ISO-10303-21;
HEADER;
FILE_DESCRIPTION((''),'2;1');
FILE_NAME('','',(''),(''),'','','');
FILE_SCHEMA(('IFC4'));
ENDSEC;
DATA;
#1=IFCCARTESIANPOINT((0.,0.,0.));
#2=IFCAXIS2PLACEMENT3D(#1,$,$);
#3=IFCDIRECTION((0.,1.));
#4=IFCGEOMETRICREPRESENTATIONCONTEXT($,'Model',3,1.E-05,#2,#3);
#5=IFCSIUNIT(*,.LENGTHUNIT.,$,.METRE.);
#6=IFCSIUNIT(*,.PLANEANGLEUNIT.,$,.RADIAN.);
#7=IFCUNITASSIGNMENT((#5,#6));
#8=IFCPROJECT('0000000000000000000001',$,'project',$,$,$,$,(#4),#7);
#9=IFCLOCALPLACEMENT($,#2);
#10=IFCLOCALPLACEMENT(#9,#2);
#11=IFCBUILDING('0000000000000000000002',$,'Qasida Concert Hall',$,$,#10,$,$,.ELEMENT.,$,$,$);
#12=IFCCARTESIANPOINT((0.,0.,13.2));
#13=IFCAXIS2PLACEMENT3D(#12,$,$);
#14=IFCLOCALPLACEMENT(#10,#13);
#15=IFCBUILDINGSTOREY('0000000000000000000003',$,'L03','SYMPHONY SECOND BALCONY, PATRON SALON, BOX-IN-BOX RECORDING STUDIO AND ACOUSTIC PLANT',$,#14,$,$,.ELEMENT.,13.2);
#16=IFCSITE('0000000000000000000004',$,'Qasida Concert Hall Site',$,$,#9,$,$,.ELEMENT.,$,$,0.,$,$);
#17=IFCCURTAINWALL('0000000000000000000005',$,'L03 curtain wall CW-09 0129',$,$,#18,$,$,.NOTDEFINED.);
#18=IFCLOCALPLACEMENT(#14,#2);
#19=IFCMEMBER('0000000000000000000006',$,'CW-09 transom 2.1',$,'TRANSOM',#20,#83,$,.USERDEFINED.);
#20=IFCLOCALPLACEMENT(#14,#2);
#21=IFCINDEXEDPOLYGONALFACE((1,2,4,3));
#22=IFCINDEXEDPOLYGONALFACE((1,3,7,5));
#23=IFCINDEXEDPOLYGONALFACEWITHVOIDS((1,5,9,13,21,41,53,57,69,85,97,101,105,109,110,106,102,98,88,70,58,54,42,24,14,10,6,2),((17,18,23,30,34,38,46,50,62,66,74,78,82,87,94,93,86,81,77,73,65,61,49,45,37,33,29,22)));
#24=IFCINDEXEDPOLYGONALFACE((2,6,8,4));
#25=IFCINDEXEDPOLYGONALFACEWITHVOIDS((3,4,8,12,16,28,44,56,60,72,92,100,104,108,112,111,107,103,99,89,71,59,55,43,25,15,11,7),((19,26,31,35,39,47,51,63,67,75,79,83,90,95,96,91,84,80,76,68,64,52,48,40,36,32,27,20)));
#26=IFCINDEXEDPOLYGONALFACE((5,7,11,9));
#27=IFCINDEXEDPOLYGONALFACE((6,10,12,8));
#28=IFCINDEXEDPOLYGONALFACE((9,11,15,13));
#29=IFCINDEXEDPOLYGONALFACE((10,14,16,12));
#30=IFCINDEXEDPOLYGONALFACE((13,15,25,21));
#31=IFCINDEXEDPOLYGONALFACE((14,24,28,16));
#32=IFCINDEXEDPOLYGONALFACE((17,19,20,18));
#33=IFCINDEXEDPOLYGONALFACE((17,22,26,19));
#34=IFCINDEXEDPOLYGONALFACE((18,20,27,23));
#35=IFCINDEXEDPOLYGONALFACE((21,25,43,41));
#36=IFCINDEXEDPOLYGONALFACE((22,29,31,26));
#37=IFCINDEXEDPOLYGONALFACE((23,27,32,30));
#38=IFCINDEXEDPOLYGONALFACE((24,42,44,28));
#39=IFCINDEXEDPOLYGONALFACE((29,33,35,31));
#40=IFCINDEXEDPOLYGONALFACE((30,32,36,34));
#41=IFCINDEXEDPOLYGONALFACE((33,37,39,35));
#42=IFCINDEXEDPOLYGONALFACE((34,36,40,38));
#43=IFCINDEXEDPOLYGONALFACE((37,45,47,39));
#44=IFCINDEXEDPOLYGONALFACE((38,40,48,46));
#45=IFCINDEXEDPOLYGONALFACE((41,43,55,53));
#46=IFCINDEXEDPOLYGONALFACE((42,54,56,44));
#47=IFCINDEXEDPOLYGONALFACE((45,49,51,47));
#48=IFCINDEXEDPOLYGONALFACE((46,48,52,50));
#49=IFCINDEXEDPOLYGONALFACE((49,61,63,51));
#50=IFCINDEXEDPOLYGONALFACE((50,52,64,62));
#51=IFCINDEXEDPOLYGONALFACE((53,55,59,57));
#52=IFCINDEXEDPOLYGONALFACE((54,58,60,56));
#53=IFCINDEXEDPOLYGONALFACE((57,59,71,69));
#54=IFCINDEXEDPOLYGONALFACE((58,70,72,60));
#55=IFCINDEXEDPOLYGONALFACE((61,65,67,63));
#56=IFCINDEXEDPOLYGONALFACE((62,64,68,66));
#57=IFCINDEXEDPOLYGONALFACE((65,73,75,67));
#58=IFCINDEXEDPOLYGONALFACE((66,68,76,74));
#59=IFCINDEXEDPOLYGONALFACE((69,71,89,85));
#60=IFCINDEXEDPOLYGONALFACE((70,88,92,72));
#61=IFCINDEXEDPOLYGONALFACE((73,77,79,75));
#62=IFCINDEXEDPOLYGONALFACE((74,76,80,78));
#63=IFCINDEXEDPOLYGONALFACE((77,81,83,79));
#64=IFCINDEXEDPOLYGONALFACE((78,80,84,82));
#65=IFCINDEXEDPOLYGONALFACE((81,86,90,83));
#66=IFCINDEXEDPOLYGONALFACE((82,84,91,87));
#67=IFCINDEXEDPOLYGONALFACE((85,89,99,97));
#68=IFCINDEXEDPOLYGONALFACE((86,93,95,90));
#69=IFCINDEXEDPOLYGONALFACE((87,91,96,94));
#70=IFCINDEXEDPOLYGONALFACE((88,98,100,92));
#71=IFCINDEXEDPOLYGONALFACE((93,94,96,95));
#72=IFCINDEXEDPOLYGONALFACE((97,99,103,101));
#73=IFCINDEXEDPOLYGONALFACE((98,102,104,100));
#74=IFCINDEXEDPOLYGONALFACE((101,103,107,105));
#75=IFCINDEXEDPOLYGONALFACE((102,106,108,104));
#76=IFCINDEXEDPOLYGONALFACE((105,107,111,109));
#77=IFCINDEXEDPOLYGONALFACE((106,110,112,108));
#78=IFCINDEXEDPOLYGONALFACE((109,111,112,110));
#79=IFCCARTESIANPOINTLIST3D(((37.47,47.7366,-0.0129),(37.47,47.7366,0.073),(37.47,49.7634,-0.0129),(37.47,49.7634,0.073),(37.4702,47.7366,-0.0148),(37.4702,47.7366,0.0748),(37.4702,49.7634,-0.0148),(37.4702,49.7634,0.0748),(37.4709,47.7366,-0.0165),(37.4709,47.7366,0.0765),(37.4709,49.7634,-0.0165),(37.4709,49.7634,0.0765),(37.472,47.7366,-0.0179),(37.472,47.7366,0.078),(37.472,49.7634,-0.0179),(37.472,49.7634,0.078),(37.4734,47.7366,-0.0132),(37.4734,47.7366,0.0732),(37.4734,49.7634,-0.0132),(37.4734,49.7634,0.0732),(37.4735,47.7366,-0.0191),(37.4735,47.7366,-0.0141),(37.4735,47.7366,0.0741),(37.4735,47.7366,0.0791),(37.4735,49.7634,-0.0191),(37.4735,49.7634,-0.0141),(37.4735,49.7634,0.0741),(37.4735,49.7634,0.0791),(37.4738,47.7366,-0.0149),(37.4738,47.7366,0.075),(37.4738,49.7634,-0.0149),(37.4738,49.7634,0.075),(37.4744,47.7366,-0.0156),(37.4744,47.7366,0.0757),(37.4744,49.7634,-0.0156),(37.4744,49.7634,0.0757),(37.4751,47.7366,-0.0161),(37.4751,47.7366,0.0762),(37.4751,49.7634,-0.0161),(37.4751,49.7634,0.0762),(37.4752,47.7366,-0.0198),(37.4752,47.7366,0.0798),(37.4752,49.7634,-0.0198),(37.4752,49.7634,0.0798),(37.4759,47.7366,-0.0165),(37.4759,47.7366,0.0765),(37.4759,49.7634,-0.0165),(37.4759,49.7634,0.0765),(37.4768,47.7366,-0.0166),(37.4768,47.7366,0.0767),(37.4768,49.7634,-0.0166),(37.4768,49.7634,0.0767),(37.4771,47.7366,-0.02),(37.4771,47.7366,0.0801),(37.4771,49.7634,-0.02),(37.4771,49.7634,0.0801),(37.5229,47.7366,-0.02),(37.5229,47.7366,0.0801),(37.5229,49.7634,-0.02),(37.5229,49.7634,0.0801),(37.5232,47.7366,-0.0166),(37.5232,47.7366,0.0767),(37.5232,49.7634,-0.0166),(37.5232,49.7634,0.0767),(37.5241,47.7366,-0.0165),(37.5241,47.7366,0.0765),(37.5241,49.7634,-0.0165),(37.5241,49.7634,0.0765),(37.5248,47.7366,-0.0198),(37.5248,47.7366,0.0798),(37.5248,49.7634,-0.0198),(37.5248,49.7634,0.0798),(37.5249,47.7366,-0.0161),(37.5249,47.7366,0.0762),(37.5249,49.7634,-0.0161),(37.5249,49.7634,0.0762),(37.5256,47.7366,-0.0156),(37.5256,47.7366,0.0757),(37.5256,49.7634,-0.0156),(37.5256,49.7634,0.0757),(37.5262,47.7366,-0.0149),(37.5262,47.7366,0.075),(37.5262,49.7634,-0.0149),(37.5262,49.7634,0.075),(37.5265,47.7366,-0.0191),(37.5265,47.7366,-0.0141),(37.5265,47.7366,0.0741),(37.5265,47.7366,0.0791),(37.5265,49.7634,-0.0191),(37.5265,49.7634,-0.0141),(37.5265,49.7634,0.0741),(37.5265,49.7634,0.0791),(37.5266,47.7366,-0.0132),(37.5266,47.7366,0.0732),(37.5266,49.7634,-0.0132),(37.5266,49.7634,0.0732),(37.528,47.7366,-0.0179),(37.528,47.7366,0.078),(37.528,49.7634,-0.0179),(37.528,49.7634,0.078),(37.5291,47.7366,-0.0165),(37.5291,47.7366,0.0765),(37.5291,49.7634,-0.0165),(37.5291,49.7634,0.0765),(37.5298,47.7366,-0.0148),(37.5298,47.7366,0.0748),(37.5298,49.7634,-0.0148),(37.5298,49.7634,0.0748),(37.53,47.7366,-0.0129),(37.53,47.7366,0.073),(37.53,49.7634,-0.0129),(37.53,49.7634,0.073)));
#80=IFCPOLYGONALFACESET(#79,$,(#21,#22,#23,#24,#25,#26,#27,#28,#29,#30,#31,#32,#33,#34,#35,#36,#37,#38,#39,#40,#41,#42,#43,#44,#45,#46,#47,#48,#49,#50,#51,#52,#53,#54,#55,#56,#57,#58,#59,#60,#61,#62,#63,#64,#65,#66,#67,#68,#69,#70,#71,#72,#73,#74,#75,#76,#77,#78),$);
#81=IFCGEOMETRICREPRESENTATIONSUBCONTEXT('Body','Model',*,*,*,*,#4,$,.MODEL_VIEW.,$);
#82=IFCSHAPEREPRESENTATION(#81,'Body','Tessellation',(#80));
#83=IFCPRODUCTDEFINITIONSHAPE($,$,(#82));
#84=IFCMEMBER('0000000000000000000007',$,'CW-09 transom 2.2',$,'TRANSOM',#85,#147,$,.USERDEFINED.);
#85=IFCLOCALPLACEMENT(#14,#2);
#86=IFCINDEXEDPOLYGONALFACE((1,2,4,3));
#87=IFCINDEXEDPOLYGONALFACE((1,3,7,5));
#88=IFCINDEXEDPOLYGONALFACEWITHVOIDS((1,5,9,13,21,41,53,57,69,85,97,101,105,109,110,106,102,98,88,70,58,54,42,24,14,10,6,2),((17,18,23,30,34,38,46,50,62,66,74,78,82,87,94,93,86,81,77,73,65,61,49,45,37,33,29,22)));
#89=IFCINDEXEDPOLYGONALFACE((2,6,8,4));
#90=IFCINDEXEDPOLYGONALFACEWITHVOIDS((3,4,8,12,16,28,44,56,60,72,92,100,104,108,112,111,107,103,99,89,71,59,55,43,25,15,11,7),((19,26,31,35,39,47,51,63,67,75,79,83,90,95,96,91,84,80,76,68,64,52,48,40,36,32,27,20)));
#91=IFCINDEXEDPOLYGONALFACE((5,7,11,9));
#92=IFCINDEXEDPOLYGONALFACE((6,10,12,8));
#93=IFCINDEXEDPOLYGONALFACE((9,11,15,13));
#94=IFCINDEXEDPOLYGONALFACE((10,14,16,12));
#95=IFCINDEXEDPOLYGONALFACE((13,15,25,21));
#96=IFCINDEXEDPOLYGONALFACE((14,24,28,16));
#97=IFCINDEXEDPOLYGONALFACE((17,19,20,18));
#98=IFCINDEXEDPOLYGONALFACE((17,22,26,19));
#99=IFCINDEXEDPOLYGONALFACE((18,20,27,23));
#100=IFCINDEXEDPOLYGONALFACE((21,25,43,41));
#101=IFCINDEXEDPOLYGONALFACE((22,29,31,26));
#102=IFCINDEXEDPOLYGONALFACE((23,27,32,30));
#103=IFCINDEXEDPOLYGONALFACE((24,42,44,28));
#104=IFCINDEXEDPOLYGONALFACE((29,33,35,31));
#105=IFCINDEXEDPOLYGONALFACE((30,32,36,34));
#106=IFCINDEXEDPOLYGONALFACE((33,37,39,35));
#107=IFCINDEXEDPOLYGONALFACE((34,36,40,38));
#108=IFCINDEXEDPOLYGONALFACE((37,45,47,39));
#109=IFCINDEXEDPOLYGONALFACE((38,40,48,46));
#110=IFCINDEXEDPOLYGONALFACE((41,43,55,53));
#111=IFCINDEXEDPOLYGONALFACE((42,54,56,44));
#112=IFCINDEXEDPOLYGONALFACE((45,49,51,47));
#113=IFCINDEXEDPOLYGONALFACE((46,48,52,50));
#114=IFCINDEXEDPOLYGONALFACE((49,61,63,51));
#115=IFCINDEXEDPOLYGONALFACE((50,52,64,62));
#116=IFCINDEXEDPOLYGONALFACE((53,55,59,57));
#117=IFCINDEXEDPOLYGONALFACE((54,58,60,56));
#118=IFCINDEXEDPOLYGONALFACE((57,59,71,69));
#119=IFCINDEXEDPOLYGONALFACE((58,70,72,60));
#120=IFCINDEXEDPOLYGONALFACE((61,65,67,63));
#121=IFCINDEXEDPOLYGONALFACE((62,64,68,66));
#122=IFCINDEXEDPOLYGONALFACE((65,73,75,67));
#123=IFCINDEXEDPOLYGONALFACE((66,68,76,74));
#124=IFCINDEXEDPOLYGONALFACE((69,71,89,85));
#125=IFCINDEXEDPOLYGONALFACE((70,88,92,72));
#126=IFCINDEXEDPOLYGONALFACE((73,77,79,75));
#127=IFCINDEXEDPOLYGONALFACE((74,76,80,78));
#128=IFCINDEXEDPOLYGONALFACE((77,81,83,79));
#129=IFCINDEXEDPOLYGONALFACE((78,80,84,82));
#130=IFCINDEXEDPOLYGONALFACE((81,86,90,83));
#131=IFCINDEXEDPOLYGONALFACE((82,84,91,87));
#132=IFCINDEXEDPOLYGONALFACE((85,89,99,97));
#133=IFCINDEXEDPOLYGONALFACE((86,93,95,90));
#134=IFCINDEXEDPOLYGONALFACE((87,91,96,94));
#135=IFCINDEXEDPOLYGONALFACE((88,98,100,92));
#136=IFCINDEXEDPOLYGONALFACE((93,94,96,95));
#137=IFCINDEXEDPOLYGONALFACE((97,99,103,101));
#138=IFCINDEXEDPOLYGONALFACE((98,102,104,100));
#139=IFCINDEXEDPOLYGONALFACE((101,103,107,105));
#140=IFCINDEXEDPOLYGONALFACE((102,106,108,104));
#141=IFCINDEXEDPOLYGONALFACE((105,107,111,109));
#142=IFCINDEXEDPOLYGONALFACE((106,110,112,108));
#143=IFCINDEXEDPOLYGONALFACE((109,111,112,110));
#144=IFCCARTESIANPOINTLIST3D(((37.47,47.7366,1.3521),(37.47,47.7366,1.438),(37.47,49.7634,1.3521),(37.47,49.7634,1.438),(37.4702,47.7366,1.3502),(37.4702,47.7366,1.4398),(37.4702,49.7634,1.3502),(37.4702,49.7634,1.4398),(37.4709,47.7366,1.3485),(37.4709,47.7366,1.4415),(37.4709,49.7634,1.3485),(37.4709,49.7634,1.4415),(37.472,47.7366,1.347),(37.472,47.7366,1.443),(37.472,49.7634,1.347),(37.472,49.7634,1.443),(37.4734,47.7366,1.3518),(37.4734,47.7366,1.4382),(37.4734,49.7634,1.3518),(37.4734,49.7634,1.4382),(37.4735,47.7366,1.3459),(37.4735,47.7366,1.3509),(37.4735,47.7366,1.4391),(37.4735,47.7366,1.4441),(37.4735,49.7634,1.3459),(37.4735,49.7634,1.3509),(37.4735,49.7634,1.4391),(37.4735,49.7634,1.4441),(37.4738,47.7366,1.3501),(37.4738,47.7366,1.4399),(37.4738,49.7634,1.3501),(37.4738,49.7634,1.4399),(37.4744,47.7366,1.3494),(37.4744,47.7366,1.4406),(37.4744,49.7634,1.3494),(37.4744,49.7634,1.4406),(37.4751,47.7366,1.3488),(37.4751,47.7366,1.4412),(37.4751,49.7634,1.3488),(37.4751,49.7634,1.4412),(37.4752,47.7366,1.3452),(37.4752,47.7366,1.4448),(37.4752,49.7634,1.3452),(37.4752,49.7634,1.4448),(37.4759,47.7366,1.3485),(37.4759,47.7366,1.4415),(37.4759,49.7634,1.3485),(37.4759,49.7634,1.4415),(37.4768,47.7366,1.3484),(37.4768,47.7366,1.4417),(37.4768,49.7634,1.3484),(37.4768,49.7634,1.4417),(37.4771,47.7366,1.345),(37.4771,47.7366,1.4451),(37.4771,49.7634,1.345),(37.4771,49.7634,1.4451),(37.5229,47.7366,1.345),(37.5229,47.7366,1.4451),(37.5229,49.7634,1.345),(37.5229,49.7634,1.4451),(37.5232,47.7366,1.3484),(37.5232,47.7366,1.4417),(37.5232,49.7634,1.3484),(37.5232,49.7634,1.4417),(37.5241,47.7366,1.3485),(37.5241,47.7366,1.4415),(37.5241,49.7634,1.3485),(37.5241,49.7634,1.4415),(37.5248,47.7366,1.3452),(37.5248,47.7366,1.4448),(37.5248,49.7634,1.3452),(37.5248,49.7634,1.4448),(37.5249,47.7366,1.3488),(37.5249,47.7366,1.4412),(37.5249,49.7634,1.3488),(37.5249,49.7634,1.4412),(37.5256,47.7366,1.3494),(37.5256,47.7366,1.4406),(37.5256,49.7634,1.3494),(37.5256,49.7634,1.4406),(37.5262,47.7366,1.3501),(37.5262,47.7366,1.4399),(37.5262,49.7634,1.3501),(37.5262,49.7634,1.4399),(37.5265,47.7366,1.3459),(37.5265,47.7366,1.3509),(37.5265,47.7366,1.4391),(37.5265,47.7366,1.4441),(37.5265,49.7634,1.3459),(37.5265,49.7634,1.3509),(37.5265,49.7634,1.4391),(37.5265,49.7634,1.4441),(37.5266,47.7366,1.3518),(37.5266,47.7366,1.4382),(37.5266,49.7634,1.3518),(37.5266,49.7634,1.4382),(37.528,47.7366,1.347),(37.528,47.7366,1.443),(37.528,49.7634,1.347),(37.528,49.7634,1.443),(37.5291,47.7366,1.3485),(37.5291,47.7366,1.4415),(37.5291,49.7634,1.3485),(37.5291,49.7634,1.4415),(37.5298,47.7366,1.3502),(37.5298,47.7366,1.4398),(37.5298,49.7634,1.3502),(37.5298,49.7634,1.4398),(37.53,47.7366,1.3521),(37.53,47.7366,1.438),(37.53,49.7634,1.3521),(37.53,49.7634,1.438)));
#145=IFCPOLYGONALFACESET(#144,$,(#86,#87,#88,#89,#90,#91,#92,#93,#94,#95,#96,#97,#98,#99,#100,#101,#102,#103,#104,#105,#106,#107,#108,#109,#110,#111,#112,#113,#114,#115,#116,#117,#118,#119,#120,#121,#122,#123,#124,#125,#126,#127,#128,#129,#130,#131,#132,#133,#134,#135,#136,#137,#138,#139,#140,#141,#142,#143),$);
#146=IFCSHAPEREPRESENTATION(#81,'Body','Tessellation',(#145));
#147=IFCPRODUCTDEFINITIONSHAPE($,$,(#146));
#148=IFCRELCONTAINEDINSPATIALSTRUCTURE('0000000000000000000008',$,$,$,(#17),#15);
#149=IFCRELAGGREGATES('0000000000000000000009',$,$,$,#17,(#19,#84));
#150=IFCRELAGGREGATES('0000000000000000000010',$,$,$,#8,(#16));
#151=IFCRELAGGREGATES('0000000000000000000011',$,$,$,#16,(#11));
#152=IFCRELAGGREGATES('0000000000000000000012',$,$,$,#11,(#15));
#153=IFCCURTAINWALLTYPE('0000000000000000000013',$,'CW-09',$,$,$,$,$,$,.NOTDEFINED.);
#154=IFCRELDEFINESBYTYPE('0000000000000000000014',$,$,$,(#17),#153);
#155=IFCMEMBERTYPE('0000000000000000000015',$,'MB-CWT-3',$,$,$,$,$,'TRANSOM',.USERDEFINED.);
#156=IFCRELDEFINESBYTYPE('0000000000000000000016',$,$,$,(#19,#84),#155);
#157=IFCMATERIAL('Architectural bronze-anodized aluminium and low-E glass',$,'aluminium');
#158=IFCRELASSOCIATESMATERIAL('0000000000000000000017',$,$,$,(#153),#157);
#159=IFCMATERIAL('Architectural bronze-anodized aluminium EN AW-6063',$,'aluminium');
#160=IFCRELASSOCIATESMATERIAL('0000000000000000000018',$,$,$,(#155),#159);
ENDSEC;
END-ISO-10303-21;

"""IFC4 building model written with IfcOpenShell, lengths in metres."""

from ifc_helpers import new_model, si_unit, direction, frame, origin, origin_2d, place, context, subcontext, project, spatial, hollow_rectangle, extrude, material, material_profile, profile_set, type_object, element, aggregate, save


model = new_model("IFC4")

# Units and contexts
model_context = context("Model", 3, precision=1e-05, world=origin(), true_north=direction((0.0, 1.0)))
body_context = subcontext(model_context, "Body", "Model", "MODEL_VIEW")
ifc_project = project(units=[si_unit("LENGTHUNIT", "METRE"), si_unit("PLANEANGLEUNIT", "RADIAN")], contexts=[model_context])

# Site, building, storey
site_placement = place(None, origin())
site = spatial("IfcSite", under=ifc_project, at=site_placement, Name="Qasida Concert Hall Site", CompositionType="ELEMENT", RefElevation=0.0)
building_placement = place(site_placement, origin())
building = spatial("IfcBuilding", under=site, at=building_placement, Name="Qasida Concert Hall", CompositionType="ELEMENT")
storey_placement = place(building_placement, frame((0.0, 0.0, 13.2)))
storey = spatial("IfcBuildingStorey", under=building, at=storey_placement, Name="L03", Description="SYMPHONY SECOND BALCONY, PATRON SALON, BOX-IN-BOX RECORDING STUDIO AND ACOUSTIC PLANT", CompositionType="ELEMENT", Elevation=13.2)

# Shared definitions
ifc_material_1 = material(Name="Architectural bronze-anodized aluminium and low-E glass", Category="aluminium")
ifc_material_2 = material(Name="Architectural bronze-anodized aluminium EN AW-6063", Category="aluminium")

# Curtain wall
curtain_wall_type_1 = type_object("IfcCurtainWallType", Name="CW-09", PredefinedType="NOTDEFINED", material=ifc_material_1)
curtain_wall_1_placement = place(storey_placement, origin())
curtain_wall_1 = element("IfcCurtainWall", 1, at=curtain_wall_1_placement, inside=storey, type_object=curtain_wall_type_1, Name="L03 curtain wall CW-09 0129", PredefinedType="NOTDEFINED")

# Members
ifc_material_profile_1 = material_profile(ifc_material_2, hollow_rectangle(XDim=0.0601, YDim=0.1001, WallThickness=0.0034, InnerFilletRadius=0.0034, OuterFilletRadius=0.0071, at=origin_2d()), Name="CWT 100x60x3.5")
ifc_profile_set_1 = profile_set([ifc_material_profile_1], Name="Architectural bronze-anodized aluminium EN AW-6063")
member_type_1 = type_object("IfcMemberType", Name="MB-CWT-3", ElementType="TRANSOM", PredefinedType="USERDEFINED", material=ifc_profile_set_1)
member_1_placement = place(storey_placement, frame((37.5, 47.7366, 0.03), z_axis=(0.0, 1.0, 0.0), x_axis=(-1.0, 0.0, 0.0)))
member_1 = element("IfcMember", 2, at=member_1_placement, type_object=member_type_1, Name="CW-09 transom 2.1", ObjectType="TRANSOM", PredefinedType="USERDEFINED", context=body_context, shape_type="SweptSolid", body=[
    extrude(hollow_rectangle(XDim=0.0601, YDim=0.1001, WallThickness=0.0034, InnerFilletRadius=0.0034, OuterFilletRadius=0.0071, at=origin_2d()), origin(), (0.0, 0.0, 1.0), 2.0269),
])
member_2_placement = place(storey_placement, frame((37.5, 47.7366, 1.395), z_axis=(0.0, 1.0, 0.0), x_axis=(-1.0, 0.0, 0.0)))
member_2 = element("IfcMember", 3, at=member_2_placement, type_object=member_type_1, Name="CW-09 transom 2.2", ObjectType="TRANSOM", PredefinedType="USERDEFINED", context=body_context, shape_type="SweptSolid", body=[
    extrude(hollow_rectangle(XDim=0.0601, YDim=0.1001, WallThickness=0.0034, InnerFilletRadius=0.0034, OuterFilletRadius=0.0071, at=origin_2d()), origin(), (0.0, 0.0, 1.0), 2.0269),
])

aggregate(curtain_wall_1, [member_1, member_2])

save(model, "model.ifc")
